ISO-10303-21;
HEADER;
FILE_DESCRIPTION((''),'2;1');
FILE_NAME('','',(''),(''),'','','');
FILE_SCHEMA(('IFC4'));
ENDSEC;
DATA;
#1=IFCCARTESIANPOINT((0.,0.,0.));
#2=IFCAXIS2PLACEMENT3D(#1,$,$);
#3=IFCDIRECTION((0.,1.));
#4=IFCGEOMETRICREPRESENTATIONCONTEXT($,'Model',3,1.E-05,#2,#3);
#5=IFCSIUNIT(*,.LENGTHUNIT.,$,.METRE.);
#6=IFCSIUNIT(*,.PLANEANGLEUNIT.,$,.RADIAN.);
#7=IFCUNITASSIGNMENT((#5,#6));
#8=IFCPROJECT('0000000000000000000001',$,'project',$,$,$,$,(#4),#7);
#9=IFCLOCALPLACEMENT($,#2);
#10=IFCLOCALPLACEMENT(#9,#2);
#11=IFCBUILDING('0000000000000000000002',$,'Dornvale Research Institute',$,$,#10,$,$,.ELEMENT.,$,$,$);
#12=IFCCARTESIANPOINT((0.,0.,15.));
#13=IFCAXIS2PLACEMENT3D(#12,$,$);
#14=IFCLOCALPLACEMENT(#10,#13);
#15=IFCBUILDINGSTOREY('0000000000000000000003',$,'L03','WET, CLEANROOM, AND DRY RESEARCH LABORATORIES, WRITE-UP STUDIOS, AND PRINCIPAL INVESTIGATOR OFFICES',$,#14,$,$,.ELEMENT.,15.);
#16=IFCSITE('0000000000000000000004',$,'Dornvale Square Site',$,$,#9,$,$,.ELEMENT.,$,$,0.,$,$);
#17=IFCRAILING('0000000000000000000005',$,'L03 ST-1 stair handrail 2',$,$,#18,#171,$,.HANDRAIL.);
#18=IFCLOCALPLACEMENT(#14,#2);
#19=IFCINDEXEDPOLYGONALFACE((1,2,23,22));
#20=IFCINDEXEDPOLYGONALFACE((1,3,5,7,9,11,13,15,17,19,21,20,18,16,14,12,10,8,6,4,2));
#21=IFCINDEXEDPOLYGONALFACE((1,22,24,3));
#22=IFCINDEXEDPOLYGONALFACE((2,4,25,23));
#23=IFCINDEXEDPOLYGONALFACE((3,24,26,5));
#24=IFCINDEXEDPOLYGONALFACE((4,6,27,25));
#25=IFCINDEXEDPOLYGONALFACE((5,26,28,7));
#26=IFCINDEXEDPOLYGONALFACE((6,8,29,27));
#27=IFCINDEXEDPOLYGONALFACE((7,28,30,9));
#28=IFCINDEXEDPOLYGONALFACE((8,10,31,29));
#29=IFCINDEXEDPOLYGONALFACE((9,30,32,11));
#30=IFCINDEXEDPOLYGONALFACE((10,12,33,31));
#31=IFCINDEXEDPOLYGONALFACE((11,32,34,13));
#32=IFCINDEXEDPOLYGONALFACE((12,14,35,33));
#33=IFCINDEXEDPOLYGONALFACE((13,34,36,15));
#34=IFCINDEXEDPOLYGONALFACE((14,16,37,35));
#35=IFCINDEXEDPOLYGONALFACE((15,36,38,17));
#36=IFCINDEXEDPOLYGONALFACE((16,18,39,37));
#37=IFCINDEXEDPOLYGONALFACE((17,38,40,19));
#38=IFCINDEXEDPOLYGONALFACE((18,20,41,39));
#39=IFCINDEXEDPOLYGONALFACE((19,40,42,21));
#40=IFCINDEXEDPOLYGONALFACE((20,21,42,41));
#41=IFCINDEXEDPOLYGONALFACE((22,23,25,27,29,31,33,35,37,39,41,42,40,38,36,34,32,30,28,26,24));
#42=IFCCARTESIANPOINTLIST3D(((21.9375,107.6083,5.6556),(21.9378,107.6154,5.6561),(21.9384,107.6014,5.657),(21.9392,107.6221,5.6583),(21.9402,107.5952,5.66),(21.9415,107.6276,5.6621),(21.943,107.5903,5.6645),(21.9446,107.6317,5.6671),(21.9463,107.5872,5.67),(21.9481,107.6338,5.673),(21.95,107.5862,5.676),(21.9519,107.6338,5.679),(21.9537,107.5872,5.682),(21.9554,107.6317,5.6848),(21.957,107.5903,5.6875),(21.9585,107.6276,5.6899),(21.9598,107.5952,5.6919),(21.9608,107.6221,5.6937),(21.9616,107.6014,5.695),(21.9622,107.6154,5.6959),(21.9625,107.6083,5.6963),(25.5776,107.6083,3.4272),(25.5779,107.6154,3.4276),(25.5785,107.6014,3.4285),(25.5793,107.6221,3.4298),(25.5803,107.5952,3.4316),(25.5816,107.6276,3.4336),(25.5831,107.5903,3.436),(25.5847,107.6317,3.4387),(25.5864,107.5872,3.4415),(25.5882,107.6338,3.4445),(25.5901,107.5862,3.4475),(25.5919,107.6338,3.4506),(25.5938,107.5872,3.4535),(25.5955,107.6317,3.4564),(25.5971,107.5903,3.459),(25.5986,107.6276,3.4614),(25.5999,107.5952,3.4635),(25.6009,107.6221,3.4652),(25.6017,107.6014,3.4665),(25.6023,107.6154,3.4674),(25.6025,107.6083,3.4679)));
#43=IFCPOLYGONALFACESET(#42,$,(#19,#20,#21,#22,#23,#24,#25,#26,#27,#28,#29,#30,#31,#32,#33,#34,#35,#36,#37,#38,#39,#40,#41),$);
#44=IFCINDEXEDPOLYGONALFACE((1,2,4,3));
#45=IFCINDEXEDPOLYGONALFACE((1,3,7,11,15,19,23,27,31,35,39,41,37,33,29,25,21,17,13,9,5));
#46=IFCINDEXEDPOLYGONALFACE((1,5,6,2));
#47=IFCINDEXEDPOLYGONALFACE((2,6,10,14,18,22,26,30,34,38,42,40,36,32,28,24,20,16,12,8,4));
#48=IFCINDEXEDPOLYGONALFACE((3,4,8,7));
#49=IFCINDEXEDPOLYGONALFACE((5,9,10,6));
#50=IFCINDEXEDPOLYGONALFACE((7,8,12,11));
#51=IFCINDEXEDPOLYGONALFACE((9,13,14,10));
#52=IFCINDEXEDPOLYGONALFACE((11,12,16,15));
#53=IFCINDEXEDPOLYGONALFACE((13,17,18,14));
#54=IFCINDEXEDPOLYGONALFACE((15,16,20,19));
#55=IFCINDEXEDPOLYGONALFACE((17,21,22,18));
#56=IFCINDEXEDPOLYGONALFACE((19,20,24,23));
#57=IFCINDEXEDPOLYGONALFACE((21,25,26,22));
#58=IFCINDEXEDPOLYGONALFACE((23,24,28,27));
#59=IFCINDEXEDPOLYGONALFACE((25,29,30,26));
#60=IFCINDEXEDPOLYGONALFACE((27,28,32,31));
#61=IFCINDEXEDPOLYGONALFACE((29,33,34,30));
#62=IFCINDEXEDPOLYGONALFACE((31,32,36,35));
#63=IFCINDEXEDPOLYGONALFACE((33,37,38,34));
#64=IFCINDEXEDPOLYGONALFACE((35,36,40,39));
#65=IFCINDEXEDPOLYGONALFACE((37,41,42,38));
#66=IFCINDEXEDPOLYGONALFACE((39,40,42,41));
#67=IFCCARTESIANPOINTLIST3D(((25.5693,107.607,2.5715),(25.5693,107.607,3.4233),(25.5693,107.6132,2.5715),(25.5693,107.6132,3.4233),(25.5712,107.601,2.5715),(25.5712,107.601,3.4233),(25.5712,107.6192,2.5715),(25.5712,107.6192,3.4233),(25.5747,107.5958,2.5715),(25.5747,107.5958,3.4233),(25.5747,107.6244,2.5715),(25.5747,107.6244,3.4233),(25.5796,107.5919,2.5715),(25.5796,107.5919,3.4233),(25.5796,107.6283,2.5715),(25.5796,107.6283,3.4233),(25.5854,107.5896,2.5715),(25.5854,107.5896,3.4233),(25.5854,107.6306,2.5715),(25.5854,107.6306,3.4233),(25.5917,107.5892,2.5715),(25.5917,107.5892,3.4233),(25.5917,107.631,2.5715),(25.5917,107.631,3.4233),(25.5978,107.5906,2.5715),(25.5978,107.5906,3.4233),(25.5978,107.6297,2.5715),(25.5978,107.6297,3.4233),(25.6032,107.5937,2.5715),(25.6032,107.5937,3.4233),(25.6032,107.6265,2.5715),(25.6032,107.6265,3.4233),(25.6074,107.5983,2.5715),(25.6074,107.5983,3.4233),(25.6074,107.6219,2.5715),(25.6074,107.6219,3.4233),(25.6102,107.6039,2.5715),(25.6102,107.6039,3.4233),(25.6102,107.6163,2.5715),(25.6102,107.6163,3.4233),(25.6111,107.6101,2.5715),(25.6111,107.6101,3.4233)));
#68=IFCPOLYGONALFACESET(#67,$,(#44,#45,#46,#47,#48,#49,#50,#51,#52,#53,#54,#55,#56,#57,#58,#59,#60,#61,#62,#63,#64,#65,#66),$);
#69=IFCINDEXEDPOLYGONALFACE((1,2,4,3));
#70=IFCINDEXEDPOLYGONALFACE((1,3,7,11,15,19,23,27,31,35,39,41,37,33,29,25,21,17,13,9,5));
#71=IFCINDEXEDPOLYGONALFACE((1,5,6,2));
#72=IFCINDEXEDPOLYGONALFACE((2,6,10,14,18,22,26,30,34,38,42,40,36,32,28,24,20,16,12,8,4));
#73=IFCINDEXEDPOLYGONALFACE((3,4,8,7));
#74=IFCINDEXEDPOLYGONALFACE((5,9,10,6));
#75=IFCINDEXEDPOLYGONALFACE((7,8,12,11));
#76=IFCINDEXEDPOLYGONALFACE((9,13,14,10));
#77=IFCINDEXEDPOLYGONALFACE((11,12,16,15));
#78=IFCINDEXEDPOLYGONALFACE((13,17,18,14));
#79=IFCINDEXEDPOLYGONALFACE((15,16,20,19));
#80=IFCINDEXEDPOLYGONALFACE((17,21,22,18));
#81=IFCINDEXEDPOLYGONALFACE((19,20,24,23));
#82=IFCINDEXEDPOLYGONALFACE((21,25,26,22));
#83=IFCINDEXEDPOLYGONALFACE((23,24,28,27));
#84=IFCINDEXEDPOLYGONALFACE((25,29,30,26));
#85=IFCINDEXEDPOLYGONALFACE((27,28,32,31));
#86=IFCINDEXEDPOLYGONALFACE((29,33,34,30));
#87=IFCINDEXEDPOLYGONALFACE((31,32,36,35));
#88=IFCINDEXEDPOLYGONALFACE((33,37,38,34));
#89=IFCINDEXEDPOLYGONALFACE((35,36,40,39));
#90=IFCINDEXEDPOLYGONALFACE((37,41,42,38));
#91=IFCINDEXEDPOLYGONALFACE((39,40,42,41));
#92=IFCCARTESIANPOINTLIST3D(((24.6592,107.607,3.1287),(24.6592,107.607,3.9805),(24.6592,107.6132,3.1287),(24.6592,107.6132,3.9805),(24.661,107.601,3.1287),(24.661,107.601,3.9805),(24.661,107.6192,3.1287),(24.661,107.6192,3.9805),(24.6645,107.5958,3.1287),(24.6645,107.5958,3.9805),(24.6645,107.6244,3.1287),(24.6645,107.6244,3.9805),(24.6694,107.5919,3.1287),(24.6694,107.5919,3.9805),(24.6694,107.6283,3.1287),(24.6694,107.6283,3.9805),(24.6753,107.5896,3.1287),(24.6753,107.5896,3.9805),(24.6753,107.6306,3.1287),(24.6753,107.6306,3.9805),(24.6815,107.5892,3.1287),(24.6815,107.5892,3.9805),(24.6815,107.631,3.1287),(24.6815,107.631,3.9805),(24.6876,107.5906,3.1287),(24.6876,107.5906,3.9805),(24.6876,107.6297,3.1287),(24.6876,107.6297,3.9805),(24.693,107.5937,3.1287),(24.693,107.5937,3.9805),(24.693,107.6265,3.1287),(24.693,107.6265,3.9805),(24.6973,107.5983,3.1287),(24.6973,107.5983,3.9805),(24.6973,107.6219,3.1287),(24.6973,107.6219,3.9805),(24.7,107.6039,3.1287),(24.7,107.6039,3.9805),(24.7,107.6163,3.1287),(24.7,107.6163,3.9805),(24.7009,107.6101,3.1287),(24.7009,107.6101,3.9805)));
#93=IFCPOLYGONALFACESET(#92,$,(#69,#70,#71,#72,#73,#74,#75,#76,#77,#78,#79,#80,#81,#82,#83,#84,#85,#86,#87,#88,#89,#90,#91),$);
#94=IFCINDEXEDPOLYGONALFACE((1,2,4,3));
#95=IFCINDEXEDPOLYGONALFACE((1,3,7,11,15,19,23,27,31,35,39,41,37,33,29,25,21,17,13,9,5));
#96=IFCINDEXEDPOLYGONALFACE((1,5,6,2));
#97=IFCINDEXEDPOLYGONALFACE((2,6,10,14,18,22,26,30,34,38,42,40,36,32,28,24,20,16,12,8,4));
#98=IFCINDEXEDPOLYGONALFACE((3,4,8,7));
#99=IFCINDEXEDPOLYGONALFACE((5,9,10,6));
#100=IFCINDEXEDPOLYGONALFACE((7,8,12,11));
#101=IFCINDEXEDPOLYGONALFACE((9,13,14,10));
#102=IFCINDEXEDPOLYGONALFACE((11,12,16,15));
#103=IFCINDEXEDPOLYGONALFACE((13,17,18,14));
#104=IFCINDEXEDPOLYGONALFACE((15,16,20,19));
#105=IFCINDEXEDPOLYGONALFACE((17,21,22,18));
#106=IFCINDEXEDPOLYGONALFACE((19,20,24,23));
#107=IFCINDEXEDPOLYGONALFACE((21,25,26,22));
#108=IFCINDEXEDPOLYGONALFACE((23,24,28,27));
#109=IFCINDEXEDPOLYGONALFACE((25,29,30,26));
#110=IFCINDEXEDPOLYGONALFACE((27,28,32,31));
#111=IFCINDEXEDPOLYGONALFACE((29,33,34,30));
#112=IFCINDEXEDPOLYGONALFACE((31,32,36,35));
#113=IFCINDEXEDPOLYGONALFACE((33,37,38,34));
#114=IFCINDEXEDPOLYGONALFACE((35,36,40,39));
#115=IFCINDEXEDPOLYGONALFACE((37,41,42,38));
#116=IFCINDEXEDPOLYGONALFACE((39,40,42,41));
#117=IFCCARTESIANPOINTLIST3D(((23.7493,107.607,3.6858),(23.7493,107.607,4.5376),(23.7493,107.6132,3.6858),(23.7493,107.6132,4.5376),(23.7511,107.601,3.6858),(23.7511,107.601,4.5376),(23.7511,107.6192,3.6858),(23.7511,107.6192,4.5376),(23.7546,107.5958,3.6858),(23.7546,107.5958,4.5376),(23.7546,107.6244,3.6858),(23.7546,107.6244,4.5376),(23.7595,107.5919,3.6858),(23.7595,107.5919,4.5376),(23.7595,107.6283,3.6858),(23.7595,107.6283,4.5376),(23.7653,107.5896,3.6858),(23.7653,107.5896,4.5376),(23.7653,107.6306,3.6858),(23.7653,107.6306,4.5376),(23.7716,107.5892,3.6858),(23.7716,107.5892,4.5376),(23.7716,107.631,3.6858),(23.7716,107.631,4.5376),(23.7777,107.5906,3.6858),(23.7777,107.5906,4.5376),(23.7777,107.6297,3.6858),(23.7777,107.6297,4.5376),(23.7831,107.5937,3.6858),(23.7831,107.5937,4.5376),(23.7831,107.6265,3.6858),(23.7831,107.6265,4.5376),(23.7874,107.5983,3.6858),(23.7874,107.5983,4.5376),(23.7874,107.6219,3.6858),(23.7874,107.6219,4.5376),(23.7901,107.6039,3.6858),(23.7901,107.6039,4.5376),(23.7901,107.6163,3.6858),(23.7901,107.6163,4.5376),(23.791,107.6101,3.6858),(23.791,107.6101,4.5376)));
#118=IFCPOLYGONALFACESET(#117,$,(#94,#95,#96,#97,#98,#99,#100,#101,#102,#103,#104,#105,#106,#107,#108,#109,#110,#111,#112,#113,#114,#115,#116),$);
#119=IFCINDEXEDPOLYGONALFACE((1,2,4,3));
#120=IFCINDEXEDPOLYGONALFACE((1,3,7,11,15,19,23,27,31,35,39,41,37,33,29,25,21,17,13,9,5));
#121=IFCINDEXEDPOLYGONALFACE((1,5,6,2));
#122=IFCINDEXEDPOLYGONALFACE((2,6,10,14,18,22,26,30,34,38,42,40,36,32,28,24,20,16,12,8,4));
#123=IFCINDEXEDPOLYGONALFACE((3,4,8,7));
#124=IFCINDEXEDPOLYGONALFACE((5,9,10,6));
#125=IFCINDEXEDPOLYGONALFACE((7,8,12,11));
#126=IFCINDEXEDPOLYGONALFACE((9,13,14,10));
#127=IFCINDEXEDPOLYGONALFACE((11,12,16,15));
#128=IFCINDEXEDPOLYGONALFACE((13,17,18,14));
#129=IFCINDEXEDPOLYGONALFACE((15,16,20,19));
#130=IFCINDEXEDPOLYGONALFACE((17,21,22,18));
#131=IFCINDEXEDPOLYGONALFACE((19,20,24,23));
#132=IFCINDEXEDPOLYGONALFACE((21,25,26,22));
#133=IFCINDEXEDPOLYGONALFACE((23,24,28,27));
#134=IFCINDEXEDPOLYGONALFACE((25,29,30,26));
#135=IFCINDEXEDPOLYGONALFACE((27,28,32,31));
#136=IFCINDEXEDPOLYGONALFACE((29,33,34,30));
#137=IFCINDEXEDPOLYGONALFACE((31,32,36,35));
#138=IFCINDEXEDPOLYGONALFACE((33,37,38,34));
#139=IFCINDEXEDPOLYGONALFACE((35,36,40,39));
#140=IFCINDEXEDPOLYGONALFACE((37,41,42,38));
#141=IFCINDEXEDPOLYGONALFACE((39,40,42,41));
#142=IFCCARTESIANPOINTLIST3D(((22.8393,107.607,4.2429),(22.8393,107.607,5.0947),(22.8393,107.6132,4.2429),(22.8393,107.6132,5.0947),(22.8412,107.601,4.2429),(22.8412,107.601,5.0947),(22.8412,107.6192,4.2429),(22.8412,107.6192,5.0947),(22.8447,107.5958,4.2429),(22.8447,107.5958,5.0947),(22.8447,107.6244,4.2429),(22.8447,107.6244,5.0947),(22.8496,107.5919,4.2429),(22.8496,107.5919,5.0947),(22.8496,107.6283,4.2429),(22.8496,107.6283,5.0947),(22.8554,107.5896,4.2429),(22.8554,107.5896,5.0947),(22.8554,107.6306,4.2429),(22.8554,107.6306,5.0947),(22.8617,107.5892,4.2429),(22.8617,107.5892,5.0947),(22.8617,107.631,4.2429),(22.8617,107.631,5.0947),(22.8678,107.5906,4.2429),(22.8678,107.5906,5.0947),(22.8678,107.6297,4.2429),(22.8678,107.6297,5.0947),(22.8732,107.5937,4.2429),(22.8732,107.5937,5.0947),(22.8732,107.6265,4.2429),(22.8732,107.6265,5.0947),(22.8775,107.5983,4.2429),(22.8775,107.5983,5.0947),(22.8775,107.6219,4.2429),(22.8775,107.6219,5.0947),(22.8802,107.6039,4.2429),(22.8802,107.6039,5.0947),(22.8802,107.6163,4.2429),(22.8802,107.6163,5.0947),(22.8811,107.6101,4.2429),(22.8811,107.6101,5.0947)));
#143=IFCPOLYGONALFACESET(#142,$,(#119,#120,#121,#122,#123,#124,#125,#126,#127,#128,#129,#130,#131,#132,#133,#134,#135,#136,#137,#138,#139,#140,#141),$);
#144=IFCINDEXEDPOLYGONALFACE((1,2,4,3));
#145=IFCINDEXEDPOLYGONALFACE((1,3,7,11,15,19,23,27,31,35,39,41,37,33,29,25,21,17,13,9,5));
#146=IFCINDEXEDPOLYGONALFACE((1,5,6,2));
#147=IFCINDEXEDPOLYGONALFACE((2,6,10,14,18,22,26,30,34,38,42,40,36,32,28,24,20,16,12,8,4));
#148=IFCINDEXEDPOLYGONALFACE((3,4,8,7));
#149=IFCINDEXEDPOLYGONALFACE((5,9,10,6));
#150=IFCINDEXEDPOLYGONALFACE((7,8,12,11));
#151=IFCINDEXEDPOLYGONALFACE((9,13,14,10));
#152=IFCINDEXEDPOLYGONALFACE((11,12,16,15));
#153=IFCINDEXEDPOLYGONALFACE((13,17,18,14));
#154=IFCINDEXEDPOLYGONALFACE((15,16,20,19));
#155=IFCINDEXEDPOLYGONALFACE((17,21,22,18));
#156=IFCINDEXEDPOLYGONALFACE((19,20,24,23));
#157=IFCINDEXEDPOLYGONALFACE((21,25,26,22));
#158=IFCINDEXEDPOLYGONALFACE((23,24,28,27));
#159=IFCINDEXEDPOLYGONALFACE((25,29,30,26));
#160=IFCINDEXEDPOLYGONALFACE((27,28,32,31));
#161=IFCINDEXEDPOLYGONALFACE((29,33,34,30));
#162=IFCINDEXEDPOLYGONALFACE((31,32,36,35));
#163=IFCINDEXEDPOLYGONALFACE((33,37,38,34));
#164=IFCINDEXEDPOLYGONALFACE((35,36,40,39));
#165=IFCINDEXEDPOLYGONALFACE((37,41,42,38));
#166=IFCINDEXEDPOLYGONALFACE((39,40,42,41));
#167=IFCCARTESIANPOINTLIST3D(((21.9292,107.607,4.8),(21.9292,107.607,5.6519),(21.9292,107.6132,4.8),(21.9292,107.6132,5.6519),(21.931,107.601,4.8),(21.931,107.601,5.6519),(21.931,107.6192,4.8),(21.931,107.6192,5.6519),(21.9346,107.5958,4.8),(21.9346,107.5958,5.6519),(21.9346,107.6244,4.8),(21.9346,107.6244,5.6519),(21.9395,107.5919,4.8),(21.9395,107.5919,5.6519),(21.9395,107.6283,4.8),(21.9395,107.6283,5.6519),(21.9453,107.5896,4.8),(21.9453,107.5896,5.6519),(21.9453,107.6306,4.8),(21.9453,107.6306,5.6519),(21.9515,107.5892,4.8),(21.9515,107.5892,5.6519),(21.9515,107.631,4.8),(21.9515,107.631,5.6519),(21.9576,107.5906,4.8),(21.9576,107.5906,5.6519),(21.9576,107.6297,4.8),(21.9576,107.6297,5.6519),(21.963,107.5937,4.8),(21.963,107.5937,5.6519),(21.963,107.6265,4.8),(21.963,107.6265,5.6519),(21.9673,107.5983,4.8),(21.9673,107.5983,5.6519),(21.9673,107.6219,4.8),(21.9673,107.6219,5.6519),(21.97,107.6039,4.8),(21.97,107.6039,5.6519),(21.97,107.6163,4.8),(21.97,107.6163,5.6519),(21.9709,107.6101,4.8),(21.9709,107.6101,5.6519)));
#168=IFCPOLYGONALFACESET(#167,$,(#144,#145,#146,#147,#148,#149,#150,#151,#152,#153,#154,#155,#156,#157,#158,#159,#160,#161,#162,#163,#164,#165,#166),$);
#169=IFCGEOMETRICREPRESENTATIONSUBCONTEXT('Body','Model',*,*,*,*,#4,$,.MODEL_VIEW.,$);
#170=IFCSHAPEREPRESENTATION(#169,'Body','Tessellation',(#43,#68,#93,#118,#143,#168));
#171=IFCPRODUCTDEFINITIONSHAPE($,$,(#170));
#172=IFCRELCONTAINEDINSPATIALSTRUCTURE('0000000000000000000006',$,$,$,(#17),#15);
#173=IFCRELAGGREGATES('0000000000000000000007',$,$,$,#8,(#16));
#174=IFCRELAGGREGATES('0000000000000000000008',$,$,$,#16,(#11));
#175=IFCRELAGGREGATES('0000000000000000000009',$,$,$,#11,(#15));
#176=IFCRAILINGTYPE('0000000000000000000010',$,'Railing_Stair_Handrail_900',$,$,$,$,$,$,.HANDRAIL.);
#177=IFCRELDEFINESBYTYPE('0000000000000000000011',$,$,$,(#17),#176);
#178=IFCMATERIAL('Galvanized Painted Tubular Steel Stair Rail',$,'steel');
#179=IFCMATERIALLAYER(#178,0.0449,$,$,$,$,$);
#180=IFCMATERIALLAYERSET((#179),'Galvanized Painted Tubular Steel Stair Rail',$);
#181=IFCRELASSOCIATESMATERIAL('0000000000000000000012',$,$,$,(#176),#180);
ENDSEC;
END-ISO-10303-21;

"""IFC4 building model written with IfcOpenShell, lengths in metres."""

from ifc_helpers import new_model, si_unit, direction, frame, origin, origin_2d, place, context, subcontext, project, spatial, circle, extrude, material, layer, layer_set, type_object, element, save


model = new_model("IFC4")

# Units and contexts
model_context = context("Model", 3, precision=1e-05, world=origin(), true_north=direction((0.0, 1.0)))
body_context = subcontext(model_context, "Body", "Model", "MODEL_VIEW")
ifc_project = project(units=[si_unit("LENGTHUNIT", "METRE"), si_unit("PLANEANGLEUNIT", "RADIAN")], contexts=[model_context])

# Site, building, storey
site_placement = place(None, origin())
site = spatial("IfcSite", under=ifc_project, at=site_placement, Name="Dornvale Square Site", CompositionType="ELEMENT", RefElevation=0.0)
building_placement = place(site_placement, origin())
building = spatial("IfcBuilding", under=site, at=building_placement, Name="Dornvale Research Institute", CompositionType="ELEMENT")
storey_placement = place(building_placement, frame((0.0, 0.0, 15.0)))
storey = spatial("IfcBuildingStorey", under=building, at=storey_placement, Name="L03", Description="WET, CLEANROOM, AND DRY RESEARCH LABORATORIES, WRITE-UP STUDIOS, AND PRINCIPAL INVESTIGATOR OFFICES", CompositionType="ELEMENT", Elevation=15.0)

# Railing
ifc_material_1 = material(Name="Galvanized Painted Tubular Steel Stair Rail", Category="steel")
ifc_layer_1 = layer(ifc_material_1, 0.0449)
ifc_layer_set_1 = layer_set([ifc_layer_1], Name="Galvanized Painted Tubular Steel Stair Rail")
railing_type_1 = type_object("IfcRailingType", Name="Railing_Stair_Handrail_900", PredefinedType="HANDRAIL", material=ifc_layer_set_1)
railing_1_placement = place(storey_placement, frame((25.5901, 107.6101, 2.5715)))
element("IfcRailing", 1, at=railing_1_placement, inside=storey, type_object=railing_type_1, Name="L03 ST-1 stair handrail 2", PredefinedType="HANDRAIL", context=body_context, shape_type="SweptSolid", body=[
    extrude(circle(Radius=0.0239, at=origin_2d()), frame((0.0, 0.0, 0.876), z_axis=(-0.852866, 0.0, 0.52213), x_axis=(0.0, -1.0, 0.0)), (0.0, 0.0, 1.0), 4.2681),
    extrude(circle(Radius=0.021, at=origin_2d()), origin(), (0.0, 0.0, 1.0), 0.8518),
    extrude(circle(Radius=0.021, at=origin_2d()), frame((-0.9102, 0.0, 0.5571)), (0.0, 0.0, 1.0), 0.8518),
    extrude(circle(Radius=0.021, at=origin_2d()), frame((-1.8201, 0.0, 1.1143)), (0.0, 0.0, 1.0), 0.8518),
    extrude(circle(Radius=0.021, at=origin_2d()), frame((-2.73, 0.0, 1.6714)), (0.0, 0.0, 1.0), 0.8518),
    extrude(circle(Radius=0.021, at=origin_2d()), frame((-3.6401, 0.0, 2.2285)), (0.0, 0.0, 1.0), 0.8518),
])

save(model, "model.ifc")
